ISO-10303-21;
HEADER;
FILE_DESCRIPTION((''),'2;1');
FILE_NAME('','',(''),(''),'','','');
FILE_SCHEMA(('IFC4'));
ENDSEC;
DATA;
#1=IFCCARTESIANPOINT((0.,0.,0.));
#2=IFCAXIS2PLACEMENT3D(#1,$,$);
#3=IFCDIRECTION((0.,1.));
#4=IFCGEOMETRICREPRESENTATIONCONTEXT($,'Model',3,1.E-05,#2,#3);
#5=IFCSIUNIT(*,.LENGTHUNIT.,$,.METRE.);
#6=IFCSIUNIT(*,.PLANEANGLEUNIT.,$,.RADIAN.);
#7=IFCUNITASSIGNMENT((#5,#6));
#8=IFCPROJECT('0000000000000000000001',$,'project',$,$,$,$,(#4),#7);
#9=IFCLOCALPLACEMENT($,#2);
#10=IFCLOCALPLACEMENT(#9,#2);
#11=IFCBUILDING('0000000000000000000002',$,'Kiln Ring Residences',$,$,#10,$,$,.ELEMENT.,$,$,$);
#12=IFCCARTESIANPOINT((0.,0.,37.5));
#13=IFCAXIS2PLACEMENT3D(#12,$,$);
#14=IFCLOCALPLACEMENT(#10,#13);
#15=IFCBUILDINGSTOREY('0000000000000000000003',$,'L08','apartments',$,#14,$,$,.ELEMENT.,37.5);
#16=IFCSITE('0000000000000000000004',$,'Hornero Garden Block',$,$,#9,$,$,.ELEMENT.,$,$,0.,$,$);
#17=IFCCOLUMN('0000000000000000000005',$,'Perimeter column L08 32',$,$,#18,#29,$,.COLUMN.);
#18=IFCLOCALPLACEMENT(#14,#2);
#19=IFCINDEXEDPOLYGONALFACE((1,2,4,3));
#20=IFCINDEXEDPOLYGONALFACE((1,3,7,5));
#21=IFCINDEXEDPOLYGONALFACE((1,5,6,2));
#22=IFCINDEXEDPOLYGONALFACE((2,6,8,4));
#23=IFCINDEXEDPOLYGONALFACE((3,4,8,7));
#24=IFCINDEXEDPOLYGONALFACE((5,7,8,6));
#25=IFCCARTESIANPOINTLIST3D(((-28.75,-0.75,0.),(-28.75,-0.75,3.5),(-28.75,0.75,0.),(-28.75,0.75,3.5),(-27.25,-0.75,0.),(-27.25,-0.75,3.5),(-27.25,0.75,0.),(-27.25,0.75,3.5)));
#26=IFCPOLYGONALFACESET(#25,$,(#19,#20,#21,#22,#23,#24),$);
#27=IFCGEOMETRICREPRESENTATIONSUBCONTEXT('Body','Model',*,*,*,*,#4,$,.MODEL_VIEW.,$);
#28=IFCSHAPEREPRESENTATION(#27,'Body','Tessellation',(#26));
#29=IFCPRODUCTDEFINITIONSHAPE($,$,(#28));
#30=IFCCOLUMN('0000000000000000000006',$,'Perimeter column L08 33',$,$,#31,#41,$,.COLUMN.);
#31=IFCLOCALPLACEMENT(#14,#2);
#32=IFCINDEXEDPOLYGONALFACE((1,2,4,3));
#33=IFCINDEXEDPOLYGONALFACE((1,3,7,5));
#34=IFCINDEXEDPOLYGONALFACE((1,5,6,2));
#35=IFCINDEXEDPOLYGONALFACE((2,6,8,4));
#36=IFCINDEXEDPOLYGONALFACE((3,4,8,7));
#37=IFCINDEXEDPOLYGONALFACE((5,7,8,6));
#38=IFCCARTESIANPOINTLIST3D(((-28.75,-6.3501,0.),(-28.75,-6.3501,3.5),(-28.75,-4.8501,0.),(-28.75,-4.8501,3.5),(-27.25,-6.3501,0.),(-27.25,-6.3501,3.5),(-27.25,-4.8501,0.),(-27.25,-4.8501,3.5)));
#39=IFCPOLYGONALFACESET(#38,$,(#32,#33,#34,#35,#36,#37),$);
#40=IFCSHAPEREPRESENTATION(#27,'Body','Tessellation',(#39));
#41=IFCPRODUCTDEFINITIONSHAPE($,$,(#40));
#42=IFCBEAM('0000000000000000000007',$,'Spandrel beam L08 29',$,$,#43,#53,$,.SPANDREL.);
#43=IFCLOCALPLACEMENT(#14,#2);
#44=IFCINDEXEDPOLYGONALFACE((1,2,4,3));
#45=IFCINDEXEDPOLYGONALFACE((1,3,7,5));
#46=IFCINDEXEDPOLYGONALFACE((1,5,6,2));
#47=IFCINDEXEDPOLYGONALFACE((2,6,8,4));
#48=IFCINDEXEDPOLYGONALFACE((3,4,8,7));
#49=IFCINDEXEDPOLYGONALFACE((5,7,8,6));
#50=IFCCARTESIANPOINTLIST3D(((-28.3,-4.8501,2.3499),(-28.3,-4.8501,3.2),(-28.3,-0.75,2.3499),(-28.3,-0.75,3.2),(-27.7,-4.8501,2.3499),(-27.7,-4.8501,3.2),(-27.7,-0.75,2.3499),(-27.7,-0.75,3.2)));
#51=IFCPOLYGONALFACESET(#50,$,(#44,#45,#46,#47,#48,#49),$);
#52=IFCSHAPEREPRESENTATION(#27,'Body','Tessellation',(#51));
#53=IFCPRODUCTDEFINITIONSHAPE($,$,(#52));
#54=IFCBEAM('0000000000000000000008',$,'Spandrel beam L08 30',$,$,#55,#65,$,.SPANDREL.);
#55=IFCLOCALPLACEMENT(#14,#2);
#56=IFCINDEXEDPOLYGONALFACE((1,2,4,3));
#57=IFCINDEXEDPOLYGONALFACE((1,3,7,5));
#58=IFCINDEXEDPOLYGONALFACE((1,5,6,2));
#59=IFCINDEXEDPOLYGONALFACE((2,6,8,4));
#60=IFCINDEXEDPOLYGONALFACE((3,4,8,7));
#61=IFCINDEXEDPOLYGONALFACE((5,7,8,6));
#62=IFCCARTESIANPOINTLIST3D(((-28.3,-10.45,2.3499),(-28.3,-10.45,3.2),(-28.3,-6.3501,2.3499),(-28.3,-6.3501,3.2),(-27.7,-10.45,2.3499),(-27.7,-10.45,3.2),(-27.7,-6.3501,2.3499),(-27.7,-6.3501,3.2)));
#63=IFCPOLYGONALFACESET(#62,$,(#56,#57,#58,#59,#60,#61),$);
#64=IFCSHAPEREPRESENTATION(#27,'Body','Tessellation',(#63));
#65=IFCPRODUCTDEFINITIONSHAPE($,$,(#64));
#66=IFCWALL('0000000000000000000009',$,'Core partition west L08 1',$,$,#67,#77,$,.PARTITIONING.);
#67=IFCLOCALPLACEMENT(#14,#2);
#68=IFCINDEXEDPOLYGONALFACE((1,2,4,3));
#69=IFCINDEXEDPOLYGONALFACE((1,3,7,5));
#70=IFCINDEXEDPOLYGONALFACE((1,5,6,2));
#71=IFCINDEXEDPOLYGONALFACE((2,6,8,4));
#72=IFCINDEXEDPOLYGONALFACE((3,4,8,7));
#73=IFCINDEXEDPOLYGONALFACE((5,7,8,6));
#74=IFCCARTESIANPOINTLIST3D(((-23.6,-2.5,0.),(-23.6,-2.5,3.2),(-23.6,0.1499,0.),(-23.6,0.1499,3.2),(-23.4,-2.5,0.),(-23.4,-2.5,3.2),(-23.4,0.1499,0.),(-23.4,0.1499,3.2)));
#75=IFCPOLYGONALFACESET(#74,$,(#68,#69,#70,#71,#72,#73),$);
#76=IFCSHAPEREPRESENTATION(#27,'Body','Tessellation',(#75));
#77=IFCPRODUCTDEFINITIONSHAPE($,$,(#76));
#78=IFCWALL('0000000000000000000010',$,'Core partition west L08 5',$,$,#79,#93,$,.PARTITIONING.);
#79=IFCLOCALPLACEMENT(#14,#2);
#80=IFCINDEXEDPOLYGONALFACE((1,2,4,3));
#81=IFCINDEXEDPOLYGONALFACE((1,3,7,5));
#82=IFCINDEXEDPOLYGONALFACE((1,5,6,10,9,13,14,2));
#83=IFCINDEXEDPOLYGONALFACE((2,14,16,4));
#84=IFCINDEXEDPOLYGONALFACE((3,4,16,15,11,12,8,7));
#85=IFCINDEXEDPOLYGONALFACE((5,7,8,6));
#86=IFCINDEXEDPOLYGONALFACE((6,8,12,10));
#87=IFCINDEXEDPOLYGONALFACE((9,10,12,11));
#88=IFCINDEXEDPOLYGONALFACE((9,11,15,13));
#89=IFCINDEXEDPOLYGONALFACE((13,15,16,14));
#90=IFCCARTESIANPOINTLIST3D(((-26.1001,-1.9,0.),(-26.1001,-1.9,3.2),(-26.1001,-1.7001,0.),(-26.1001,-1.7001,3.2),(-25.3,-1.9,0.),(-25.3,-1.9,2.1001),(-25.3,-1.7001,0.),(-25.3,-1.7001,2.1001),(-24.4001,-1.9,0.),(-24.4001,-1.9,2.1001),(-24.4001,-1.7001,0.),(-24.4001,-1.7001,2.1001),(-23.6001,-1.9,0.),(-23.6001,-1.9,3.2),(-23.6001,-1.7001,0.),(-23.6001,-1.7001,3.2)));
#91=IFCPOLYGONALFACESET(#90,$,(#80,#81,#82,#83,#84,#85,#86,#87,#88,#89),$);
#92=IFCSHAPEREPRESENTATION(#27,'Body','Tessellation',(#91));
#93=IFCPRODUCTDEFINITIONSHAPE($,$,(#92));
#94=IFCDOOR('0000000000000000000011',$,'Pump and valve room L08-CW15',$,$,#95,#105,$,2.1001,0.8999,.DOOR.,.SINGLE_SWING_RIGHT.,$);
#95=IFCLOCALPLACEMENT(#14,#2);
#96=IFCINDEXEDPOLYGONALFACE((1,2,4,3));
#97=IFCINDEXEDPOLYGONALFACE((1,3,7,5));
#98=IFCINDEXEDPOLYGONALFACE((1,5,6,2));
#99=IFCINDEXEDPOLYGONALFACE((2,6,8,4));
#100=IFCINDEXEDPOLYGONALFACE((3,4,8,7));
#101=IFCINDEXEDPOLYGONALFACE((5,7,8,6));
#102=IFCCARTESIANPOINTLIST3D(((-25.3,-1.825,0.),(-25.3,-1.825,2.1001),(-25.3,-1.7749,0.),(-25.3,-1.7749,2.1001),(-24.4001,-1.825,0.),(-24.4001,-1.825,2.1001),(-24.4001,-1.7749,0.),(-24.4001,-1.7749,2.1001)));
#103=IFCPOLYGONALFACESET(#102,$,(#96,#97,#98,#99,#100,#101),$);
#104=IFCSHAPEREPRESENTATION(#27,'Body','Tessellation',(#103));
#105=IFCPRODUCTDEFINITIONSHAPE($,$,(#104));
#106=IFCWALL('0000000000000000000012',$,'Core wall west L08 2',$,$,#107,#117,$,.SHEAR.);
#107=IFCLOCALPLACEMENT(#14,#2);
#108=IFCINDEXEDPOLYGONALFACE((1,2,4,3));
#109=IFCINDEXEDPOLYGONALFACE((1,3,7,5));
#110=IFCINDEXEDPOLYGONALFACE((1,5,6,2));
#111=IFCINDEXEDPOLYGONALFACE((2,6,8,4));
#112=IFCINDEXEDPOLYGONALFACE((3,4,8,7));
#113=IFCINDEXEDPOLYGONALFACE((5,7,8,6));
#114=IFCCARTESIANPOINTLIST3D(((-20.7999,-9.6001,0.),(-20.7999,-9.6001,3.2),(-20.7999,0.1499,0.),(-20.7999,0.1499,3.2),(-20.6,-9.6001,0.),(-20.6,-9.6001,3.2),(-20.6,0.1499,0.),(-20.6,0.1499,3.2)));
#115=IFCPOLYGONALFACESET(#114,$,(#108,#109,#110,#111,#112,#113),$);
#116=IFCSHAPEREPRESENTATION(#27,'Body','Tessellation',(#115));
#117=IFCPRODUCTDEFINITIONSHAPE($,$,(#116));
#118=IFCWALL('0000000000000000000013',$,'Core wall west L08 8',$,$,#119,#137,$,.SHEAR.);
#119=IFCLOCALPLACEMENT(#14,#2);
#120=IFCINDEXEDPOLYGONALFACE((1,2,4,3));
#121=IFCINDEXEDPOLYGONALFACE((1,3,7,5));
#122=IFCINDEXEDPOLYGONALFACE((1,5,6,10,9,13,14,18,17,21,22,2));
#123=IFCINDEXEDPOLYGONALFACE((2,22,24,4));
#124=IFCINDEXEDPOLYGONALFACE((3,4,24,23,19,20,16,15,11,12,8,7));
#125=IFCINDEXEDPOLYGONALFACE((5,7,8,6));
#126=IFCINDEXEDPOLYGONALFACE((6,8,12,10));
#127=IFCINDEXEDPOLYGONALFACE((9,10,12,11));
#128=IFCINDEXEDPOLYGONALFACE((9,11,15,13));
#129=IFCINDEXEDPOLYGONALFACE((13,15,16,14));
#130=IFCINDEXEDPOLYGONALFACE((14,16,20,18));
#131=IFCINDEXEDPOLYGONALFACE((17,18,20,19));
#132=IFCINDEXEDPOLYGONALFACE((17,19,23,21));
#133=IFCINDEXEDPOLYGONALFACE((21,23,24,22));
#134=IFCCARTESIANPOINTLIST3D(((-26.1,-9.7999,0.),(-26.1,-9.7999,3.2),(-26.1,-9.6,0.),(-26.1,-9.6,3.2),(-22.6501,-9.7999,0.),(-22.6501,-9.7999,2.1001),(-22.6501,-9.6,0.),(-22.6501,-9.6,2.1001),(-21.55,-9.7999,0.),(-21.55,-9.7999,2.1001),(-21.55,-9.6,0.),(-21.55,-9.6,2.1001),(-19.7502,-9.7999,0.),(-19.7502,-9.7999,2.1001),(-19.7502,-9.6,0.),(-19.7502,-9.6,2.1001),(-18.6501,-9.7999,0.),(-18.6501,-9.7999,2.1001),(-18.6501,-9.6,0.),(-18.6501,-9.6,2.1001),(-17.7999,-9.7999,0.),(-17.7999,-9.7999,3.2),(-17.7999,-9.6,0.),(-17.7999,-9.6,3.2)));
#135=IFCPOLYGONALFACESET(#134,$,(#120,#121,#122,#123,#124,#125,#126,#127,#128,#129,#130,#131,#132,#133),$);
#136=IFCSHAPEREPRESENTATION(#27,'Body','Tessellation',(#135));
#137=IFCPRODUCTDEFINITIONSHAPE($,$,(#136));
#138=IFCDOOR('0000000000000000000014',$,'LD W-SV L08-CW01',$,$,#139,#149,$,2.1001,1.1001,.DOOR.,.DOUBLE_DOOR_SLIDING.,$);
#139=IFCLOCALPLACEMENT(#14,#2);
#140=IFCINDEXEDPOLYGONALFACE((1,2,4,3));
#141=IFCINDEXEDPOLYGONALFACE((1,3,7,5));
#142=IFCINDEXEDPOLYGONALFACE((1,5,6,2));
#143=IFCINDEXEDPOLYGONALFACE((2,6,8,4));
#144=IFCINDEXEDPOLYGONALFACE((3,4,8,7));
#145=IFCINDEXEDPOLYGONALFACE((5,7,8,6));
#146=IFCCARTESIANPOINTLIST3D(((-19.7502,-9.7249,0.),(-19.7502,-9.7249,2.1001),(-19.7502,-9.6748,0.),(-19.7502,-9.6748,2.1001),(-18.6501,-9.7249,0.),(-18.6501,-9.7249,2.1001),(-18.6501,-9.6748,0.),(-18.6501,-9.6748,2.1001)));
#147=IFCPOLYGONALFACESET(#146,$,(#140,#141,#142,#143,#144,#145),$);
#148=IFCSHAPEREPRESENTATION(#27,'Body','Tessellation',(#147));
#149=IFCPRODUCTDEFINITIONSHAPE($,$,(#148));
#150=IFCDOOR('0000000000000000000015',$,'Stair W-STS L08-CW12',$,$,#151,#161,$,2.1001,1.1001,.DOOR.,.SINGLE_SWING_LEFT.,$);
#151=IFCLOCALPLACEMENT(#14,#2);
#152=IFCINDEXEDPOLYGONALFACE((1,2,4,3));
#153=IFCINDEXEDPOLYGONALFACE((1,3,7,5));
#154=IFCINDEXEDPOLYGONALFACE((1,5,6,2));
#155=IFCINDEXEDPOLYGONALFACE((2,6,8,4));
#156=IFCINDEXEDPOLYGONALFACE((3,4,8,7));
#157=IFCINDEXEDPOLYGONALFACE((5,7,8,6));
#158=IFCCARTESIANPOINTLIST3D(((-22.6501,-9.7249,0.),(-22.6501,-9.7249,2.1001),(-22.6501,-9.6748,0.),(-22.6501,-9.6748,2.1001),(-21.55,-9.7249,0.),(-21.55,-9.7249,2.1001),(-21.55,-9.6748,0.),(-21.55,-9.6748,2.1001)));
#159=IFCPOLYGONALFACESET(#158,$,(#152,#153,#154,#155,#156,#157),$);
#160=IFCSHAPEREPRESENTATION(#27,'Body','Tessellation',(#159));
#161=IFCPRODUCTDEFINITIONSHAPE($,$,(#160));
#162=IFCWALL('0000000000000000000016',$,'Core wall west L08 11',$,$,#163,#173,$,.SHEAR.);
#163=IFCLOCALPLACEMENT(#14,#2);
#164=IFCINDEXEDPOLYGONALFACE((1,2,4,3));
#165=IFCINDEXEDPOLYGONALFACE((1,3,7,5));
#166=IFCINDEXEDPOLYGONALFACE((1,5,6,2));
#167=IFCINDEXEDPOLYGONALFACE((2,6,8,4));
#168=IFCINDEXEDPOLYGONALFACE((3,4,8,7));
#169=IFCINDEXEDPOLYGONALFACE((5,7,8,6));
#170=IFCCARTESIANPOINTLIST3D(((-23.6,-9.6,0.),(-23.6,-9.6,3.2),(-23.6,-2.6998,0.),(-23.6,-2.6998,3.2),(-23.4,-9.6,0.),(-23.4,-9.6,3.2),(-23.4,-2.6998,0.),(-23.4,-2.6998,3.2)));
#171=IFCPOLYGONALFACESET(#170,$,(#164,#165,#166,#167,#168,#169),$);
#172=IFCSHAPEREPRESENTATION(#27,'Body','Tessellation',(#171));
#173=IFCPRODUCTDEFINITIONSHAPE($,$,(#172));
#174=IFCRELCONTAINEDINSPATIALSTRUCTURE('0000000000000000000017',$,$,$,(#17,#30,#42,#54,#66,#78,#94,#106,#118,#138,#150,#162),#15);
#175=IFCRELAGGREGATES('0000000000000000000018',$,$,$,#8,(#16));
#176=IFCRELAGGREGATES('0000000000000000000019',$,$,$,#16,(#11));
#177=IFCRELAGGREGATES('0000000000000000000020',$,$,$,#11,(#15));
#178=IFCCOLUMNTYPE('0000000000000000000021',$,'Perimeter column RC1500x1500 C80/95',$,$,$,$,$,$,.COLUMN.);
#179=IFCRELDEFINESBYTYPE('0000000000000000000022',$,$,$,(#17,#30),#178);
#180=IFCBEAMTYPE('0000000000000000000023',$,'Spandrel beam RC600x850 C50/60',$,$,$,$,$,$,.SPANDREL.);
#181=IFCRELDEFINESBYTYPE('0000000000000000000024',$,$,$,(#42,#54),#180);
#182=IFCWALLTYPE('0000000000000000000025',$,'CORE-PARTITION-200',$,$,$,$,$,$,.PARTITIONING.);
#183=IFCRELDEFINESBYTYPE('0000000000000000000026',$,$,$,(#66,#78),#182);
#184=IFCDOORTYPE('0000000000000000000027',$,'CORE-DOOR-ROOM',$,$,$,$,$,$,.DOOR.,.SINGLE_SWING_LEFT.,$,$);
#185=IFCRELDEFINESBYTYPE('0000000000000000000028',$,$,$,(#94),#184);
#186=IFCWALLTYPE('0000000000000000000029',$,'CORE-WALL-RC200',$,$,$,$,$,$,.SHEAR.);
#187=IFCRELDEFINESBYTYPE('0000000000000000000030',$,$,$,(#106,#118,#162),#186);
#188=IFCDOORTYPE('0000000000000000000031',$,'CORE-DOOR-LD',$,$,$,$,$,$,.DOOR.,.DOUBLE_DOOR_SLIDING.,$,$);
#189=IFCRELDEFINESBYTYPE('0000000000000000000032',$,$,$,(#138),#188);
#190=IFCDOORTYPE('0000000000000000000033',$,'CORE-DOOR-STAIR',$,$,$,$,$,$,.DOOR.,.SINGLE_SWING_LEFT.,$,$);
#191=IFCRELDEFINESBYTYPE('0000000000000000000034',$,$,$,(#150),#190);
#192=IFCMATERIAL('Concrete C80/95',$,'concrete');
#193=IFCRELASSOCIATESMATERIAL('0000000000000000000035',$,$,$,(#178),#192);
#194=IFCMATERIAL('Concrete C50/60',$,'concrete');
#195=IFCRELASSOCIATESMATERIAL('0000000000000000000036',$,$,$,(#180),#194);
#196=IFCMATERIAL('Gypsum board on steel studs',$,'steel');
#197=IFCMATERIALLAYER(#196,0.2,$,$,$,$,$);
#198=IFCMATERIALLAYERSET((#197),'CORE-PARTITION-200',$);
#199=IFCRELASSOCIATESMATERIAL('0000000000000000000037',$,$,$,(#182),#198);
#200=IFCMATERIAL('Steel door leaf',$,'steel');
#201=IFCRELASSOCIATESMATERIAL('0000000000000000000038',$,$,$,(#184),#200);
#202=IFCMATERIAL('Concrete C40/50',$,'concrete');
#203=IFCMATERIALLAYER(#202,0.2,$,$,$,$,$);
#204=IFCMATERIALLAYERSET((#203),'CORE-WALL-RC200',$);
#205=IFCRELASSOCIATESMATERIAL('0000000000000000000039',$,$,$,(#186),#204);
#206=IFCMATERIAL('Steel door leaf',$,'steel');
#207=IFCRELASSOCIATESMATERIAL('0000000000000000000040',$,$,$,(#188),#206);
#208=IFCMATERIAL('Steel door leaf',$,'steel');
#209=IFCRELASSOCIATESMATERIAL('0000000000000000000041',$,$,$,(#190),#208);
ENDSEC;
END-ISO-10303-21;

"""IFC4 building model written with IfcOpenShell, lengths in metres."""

from ifc_helpers import new_model, si_unit, direction, frame, frame_2d, origin, origin_2d, place, context, subcontext, project, spatial, rectangle, extrude, material, layer, layer_set, material_profile, profile_set, type_object, element, fill, save


model = new_model("IFC4")

# Units and contexts
model_context = context("Model", 3, precision=1e-05, world=origin(), true_north=direction((0.0, 1.0)))
body_context = subcontext(model_context, "Body", "Model", "MODEL_VIEW")
ifc_project = project(units=[si_unit("LENGTHUNIT", "METRE"), si_unit("PLANEANGLEUNIT", "RADIAN")], contexts=[model_context])

# Site, building, storey
site_placement = place(None, origin())
site = spatial("IfcSite", under=ifc_project, at=site_placement, Name="Hornero Garden Block", CompositionType="ELEMENT", RefElevation=0.0)
building_placement = place(site_placement, origin())
building = spatial("IfcBuilding", under=site, at=building_placement, Name="Kiln Ring Residences", CompositionType="ELEMENT")
storey_placement = place(building_placement, frame((0.0, 0.0, 37.5)))
storey = spatial("IfcBuildingStorey", under=building, at=storey_placement, Name="L08", Description="apartments", CompositionType="ELEMENT", Elevation=37.5)

# Columns
ifc_material_1 = material(Name="Concrete C80/95", Category="concrete")
ifc_material_profile_1 = material_profile(ifc_material_1, rectangle(XDim=1.5, YDim=1.5, at=origin_2d()), Name="RC1500x1500")
ifc_profile_set_1 = profile_set([ifc_material_profile_1], Name="Concrete C80/95")
column_type = type_object("IfcColumnType", Name="Perimeter column RC1500x1500 C80/95", PredefinedType="COLUMN", material=ifc_profile_set_1)
for number, where, z_axis, x_axis, name in (
    (1, (-28.0, 0.0, 0.0), (0.0, 0.0, 1.0), (1.0, 0.0, 0.0), "Perimeter column L08 32"),
    (2, (-28.0, -5.6001, 0.0), (0.0, 0.0, 1.0), (1.0, 0.0, 0.0), "Perimeter column L08 33"),
):
    element("IfcColumn", number, at=place(storey_placement, frame(where, z_axis=z_axis, x_axis=x_axis)), inside=storey, type_object=column_type, Name=name, PredefinedType="COLUMN", context=body_context, shape_type="SweptSolid", body=[
        extrude(rectangle(XDim=1.5, YDim=1.5, at=origin_2d()), origin(), (0.0, 0.0, 1.0), 3.5),
    ])

# Beams
ifc_material_2 = material(Name="Concrete C50/60", Category="concrete")
ifc_material_profile_2 = material_profile(ifc_material_2, rectangle(XDim=0.6001, YDim=0.8501, at=origin_2d()), Name="RC600x850")
ifc_profile_set_2 = profile_set([ifc_material_profile_2], Name="Concrete C50/60")
beam_type = type_object("IfcBeamType", Name="Spandrel beam RC600x850 C50/60", PredefinedType="SPANDREL", material=ifc_profile_set_2)
beam_1_placement = place(storey_placement, frame((-28.0, -0.75, 2.7749), z_axis=(0.0, -1.0, 0.0), x_axis=(1.0, 0.0, 0.0)))
element("IfcBeam", 3, at=beam_1_placement, inside=storey, type_object=beam_type, Name="Spandrel beam L08 29", PredefinedType="SPANDREL", context=body_context, shape_type="SweptSolid", body=[
    extrude(rectangle(XDim=0.6001, YDim=0.8501, at=origin_2d()), origin(), (0.0, 0.0, 1.0), 4.1001),
])
beam_2_placement = place(storey_placement, frame((-28.0, -6.3501, 2.7749), z_axis=(0.0, -1.0, 0.0), x_axis=(1.0, 0.0, 0.0)))
element("IfcBeam", 4, at=beam_2_placement, inside=storey, type_object=beam_type, Name="Spandrel beam L08 30", PredefinedType="SPANDREL", context=body_context, shape_type="SweptSolid", body=[
    extrude(rectangle(XDim=0.6001, YDim=0.8501, at=origin_2d()), origin(), (0.0, 0.0, 1.0), 4.0999),
])

# Wall
ifc_material_3 = material(Name="Gypsum board on steel studs", Category="steel")
ifc_layer_1 = layer(ifc_material_3, 0.2)
ifc_layer_set_1 = layer_set([ifc_layer_1], Name="CORE-PARTITION-200")
wall_type_1 = type_object("IfcWallType", Name="CORE-PARTITION-200", PredefinedType="PARTITIONING", material=ifc_layer_set_1)
wall_1_placement = place(storey_placement, frame((-23.5, -2.5, 0.0), z_axis=(0.0, 0.0, 1.0), x_axis=(0.0, 1.0, 0.0)))
element("IfcWall", 5, at=wall_1_placement, inside=storey, type_object=wall_type_1, Name="Core partition west L08 1", PredefinedType="PARTITIONING", context=body_context, shape_type="SweptSolid", body=[
    extrude(rectangle(XDim=2.6499, YDim=0.2, at=frame_2d((1.325, 0.0))), origin(), (0.0, 0.0, 1.0), 3.2),
])

# Wall, opening, door
wall_2_placement = place(storey_placement, frame((-23.6001, -1.8, 0.0), z_axis=(0.0, 0.0, 1.0), x_axis=(-1.0, 0.0, 0.0)))
wall_2 = element("IfcWall", 6, at=wall_2_placement, inside=storey, type_object=wall_type_1, Name="Core partition west L08 5", PredefinedType="PARTITIONING", context=body_context, shape_type="SweptSolid", body=[
    extrude(rectangle(XDim=2.5, YDim=0.2, at=frame_2d((1.25, 0.0))), origin(), (0.0, 0.0, 1.0), 3.2),
])
opening_1_placement = place(wall_2_placement, frame((0.8, 0.0, 0.0)))
opening_1 = element("IfcOpeningElement", 7, at=opening_1_placement, cuts=wall_2, PredefinedType="OPENING", context=body_context, shape_type="SweptSolid", body=[
    extrude(rectangle(XDim=0.8999, YDim=2.1001, at=frame_2d((0.45, 1.05))), frame((0.0, 0.1099, 0.0), z_axis=(0.0, -1.0, 0.0), x_axis=(1.0, 0.0, 0.0)), (0.0, 0.0, 1.0), 0.22),
])
ifc_material_4 = material(Name="Steel door leaf", Category="steel")
door_type_1 = type_object("IfcDoorType", Name="CORE-DOOR-ROOM", OperationType="SINGLE_SWING_LEFT", PredefinedType="DOOR", material=ifc_material_4)
door_1_placement = place(opening_1_placement, origin())
door_1 = element("IfcDoor", 8, at=door_1_placement, inside=storey, type_object=door_type_1, Name="Pump and valve room L08-CW15", OperationType="SINGLE_SWING_RIGHT", OverallHeight=2.1001, OverallWidth=0.8999, PredefinedType="DOOR", context=body_context, shape_type="SweptSolid", body=[
    extrude(rectangle(XDim=0.8999, YDim=2.1001, at=frame_2d((0.45, 1.05))), frame((0.0, 0.0249, 0.0), z_axis=(0.0, -1.0, 0.0), x_axis=(1.0, 0.0, 0.0)), (0.0, 0.0, 1.0), 0.05),
])
fill(opening_1, door_1)

# Wall
ifc_material_5 = material(Name="Concrete C40/50", Category="concrete")
ifc_layer_2 = layer(ifc_material_5, 0.2)
ifc_layer_set_2 = layer_set([ifc_layer_2], Name="CORE-WALL-RC200")
wall_type_2 = type_object("IfcWallType", Name="CORE-WALL-RC200", PredefinedType="SHEAR", material=ifc_layer_set_2)
wall_3_placement = place(storey_placement, frame((-20.7, -9.6001, 0.0), z_axis=(0.0, 0.0, 1.0), x_axis=(0.0, 1.0, 0.0)))
element("IfcWall", 9, at=wall_3_placement, inside=storey, type_object=wall_type_2, Name="Core wall west L08 2", PredefinedType="SHEAR", context=body_context, shape_type="SweptSolid", body=[
    extrude(rectangle(XDim=9.75, YDim=0.2, at=frame_2d((4.875, 0.0))), origin(), (0.0, 0.0, 1.0), 3.2),
])

# Wall, openings, doors
wall_4_placement = place(storey_placement, frame((-17.8, -9.7, 0.0), z_axis=(0.0, 0.0, 1.0), x_axis=(-1.0, 0.0, 0.0)))
wall_4 = element("IfcWall", 10, at=wall_4_placement, inside=storey, type_object=wall_type_2, Name="Core wall west L08 8", PredefinedType="SHEAR", context=body_context, shape_type="SweptSolid", body=[
    extrude(rectangle(XDim=8.3, YDim=0.2, at=frame_2d((4.1499, 0.0))), origin(), (0.0, 0.0, 1.0), 3.2),
])
opening_2_placement = place(wall_4_placement, frame((0.8501, 0.0, 0.0)))
opening_2 = element("IfcOpeningElement", 11, at=opening_2_placement, cuts=wall_4, PredefinedType="OPENING", context=body_context, shape_type="SweptSolid", body=[
    extrude(rectangle(XDim=1.1001, YDim=2.1001, at=frame_2d((0.55, 1.05))), frame((0.0, 0.1099, 0.0), z_axis=(0.0, -1.0, 0.0), x_axis=(1.0, 0.0, 0.0)), (0.0, 0.0, 1.0), 0.22),
])
opening_3_placement = place(wall_4_placement, frame((3.75, 0.0, 0.0)))
opening_3 = element("IfcOpeningElement", 12, at=opening_3_placement, cuts=wall_4, PredefinedType="OPENING", context=body_context, shape_type="SweptSolid", body=[
    extrude(rectangle(XDim=1.1001, YDim=2.1001, at=frame_2d((0.55, 1.05))), frame((0.0, 0.1099, 0.0), z_axis=(0.0, -1.0, 0.0), x_axis=(1.0, 0.0, 0.0)), (0.0, 0.0, 1.0), 0.22),
])
ifc_material_6 = material(Name="Steel door leaf", Category="steel")
door_type_2 = type_object("IfcDoorType", Name="CORE-DOOR-LD", OperationType="DOUBLE_DOOR_SLIDING", PredefinedType="DOOR", material=ifc_material_6)
door_2_placement = place(opening_2_placement, origin())
door_2 = element("IfcDoor", 13, at=door_2_placement, inside=storey, type_object=door_type_2, Name="LD W-SV L08-CW01", OperationType="DOUBLE_DOOR_SLIDING", OverallHeight=2.1001, OverallWidth=1.1001, PredefinedType="DOOR", context=body_context, shape_type="SweptSolid", body=[
    extrude(rectangle(XDim=1.1001, YDim=2.1001, at=frame_2d((0.55, 1.05))), frame((0.0, 0.0249, 0.0), z_axis=(0.0, -1.0, 0.0), x_axis=(1.0, 0.0, 0.0)), (0.0, 0.0, 1.0), 0.05),
])
fill(opening_2, door_2)
ifc_material_7 = material(Name="Steel door leaf", Category="steel")
door_type_3 = type_object("IfcDoorType", Name="CORE-DOOR-STAIR", OperationType="SINGLE_SWING_LEFT", PredefinedType="DOOR", material=ifc_material_7)
door_3_placement = place(opening_3_placement, origin())
door_3 = element("IfcDoor", 14, at=door_3_placement, inside=storey, type_object=door_type_3, Name="Stair W-STS L08-CW12", OperationType="SINGLE_SWING_LEFT", OverallHeight=2.1001, OverallWidth=1.1001, PredefinedType="DOOR", context=body_context, shape_type="SweptSolid", body=[
    extrude(rectangle(XDim=1.1001, YDim=2.1001, at=frame_2d((0.55, 1.05))), frame((0.0, 0.0249, 0.0), z_axis=(0.0, -1.0, 0.0), x_axis=(1.0, 0.0, 0.0)), (0.0, 0.0, 1.0), 0.05),
])
fill(opening_3, door_3)

# Wall
wall_5_placement = place(storey_placement, frame((-23.5, -9.6001, 0.0), z_axis=(0.0, 0.0, 1.0), x_axis=(0.0, 1.0, 0.0)))
element("IfcWall", 15, at=wall_5_placement, inside=storey, type_object=wall_type_2, Name="Core wall west L08 11", PredefinedType="SHEAR", context=body_context, shape_type="SweptSolid", body=[
    extrude(rectangle(XDim=6.9001, YDim=0.2, at=frame_2d((3.4502, 0.0))), origin(), (0.0, 0.0, 1.0), 3.2),
])

save(model, "model.ifc")
